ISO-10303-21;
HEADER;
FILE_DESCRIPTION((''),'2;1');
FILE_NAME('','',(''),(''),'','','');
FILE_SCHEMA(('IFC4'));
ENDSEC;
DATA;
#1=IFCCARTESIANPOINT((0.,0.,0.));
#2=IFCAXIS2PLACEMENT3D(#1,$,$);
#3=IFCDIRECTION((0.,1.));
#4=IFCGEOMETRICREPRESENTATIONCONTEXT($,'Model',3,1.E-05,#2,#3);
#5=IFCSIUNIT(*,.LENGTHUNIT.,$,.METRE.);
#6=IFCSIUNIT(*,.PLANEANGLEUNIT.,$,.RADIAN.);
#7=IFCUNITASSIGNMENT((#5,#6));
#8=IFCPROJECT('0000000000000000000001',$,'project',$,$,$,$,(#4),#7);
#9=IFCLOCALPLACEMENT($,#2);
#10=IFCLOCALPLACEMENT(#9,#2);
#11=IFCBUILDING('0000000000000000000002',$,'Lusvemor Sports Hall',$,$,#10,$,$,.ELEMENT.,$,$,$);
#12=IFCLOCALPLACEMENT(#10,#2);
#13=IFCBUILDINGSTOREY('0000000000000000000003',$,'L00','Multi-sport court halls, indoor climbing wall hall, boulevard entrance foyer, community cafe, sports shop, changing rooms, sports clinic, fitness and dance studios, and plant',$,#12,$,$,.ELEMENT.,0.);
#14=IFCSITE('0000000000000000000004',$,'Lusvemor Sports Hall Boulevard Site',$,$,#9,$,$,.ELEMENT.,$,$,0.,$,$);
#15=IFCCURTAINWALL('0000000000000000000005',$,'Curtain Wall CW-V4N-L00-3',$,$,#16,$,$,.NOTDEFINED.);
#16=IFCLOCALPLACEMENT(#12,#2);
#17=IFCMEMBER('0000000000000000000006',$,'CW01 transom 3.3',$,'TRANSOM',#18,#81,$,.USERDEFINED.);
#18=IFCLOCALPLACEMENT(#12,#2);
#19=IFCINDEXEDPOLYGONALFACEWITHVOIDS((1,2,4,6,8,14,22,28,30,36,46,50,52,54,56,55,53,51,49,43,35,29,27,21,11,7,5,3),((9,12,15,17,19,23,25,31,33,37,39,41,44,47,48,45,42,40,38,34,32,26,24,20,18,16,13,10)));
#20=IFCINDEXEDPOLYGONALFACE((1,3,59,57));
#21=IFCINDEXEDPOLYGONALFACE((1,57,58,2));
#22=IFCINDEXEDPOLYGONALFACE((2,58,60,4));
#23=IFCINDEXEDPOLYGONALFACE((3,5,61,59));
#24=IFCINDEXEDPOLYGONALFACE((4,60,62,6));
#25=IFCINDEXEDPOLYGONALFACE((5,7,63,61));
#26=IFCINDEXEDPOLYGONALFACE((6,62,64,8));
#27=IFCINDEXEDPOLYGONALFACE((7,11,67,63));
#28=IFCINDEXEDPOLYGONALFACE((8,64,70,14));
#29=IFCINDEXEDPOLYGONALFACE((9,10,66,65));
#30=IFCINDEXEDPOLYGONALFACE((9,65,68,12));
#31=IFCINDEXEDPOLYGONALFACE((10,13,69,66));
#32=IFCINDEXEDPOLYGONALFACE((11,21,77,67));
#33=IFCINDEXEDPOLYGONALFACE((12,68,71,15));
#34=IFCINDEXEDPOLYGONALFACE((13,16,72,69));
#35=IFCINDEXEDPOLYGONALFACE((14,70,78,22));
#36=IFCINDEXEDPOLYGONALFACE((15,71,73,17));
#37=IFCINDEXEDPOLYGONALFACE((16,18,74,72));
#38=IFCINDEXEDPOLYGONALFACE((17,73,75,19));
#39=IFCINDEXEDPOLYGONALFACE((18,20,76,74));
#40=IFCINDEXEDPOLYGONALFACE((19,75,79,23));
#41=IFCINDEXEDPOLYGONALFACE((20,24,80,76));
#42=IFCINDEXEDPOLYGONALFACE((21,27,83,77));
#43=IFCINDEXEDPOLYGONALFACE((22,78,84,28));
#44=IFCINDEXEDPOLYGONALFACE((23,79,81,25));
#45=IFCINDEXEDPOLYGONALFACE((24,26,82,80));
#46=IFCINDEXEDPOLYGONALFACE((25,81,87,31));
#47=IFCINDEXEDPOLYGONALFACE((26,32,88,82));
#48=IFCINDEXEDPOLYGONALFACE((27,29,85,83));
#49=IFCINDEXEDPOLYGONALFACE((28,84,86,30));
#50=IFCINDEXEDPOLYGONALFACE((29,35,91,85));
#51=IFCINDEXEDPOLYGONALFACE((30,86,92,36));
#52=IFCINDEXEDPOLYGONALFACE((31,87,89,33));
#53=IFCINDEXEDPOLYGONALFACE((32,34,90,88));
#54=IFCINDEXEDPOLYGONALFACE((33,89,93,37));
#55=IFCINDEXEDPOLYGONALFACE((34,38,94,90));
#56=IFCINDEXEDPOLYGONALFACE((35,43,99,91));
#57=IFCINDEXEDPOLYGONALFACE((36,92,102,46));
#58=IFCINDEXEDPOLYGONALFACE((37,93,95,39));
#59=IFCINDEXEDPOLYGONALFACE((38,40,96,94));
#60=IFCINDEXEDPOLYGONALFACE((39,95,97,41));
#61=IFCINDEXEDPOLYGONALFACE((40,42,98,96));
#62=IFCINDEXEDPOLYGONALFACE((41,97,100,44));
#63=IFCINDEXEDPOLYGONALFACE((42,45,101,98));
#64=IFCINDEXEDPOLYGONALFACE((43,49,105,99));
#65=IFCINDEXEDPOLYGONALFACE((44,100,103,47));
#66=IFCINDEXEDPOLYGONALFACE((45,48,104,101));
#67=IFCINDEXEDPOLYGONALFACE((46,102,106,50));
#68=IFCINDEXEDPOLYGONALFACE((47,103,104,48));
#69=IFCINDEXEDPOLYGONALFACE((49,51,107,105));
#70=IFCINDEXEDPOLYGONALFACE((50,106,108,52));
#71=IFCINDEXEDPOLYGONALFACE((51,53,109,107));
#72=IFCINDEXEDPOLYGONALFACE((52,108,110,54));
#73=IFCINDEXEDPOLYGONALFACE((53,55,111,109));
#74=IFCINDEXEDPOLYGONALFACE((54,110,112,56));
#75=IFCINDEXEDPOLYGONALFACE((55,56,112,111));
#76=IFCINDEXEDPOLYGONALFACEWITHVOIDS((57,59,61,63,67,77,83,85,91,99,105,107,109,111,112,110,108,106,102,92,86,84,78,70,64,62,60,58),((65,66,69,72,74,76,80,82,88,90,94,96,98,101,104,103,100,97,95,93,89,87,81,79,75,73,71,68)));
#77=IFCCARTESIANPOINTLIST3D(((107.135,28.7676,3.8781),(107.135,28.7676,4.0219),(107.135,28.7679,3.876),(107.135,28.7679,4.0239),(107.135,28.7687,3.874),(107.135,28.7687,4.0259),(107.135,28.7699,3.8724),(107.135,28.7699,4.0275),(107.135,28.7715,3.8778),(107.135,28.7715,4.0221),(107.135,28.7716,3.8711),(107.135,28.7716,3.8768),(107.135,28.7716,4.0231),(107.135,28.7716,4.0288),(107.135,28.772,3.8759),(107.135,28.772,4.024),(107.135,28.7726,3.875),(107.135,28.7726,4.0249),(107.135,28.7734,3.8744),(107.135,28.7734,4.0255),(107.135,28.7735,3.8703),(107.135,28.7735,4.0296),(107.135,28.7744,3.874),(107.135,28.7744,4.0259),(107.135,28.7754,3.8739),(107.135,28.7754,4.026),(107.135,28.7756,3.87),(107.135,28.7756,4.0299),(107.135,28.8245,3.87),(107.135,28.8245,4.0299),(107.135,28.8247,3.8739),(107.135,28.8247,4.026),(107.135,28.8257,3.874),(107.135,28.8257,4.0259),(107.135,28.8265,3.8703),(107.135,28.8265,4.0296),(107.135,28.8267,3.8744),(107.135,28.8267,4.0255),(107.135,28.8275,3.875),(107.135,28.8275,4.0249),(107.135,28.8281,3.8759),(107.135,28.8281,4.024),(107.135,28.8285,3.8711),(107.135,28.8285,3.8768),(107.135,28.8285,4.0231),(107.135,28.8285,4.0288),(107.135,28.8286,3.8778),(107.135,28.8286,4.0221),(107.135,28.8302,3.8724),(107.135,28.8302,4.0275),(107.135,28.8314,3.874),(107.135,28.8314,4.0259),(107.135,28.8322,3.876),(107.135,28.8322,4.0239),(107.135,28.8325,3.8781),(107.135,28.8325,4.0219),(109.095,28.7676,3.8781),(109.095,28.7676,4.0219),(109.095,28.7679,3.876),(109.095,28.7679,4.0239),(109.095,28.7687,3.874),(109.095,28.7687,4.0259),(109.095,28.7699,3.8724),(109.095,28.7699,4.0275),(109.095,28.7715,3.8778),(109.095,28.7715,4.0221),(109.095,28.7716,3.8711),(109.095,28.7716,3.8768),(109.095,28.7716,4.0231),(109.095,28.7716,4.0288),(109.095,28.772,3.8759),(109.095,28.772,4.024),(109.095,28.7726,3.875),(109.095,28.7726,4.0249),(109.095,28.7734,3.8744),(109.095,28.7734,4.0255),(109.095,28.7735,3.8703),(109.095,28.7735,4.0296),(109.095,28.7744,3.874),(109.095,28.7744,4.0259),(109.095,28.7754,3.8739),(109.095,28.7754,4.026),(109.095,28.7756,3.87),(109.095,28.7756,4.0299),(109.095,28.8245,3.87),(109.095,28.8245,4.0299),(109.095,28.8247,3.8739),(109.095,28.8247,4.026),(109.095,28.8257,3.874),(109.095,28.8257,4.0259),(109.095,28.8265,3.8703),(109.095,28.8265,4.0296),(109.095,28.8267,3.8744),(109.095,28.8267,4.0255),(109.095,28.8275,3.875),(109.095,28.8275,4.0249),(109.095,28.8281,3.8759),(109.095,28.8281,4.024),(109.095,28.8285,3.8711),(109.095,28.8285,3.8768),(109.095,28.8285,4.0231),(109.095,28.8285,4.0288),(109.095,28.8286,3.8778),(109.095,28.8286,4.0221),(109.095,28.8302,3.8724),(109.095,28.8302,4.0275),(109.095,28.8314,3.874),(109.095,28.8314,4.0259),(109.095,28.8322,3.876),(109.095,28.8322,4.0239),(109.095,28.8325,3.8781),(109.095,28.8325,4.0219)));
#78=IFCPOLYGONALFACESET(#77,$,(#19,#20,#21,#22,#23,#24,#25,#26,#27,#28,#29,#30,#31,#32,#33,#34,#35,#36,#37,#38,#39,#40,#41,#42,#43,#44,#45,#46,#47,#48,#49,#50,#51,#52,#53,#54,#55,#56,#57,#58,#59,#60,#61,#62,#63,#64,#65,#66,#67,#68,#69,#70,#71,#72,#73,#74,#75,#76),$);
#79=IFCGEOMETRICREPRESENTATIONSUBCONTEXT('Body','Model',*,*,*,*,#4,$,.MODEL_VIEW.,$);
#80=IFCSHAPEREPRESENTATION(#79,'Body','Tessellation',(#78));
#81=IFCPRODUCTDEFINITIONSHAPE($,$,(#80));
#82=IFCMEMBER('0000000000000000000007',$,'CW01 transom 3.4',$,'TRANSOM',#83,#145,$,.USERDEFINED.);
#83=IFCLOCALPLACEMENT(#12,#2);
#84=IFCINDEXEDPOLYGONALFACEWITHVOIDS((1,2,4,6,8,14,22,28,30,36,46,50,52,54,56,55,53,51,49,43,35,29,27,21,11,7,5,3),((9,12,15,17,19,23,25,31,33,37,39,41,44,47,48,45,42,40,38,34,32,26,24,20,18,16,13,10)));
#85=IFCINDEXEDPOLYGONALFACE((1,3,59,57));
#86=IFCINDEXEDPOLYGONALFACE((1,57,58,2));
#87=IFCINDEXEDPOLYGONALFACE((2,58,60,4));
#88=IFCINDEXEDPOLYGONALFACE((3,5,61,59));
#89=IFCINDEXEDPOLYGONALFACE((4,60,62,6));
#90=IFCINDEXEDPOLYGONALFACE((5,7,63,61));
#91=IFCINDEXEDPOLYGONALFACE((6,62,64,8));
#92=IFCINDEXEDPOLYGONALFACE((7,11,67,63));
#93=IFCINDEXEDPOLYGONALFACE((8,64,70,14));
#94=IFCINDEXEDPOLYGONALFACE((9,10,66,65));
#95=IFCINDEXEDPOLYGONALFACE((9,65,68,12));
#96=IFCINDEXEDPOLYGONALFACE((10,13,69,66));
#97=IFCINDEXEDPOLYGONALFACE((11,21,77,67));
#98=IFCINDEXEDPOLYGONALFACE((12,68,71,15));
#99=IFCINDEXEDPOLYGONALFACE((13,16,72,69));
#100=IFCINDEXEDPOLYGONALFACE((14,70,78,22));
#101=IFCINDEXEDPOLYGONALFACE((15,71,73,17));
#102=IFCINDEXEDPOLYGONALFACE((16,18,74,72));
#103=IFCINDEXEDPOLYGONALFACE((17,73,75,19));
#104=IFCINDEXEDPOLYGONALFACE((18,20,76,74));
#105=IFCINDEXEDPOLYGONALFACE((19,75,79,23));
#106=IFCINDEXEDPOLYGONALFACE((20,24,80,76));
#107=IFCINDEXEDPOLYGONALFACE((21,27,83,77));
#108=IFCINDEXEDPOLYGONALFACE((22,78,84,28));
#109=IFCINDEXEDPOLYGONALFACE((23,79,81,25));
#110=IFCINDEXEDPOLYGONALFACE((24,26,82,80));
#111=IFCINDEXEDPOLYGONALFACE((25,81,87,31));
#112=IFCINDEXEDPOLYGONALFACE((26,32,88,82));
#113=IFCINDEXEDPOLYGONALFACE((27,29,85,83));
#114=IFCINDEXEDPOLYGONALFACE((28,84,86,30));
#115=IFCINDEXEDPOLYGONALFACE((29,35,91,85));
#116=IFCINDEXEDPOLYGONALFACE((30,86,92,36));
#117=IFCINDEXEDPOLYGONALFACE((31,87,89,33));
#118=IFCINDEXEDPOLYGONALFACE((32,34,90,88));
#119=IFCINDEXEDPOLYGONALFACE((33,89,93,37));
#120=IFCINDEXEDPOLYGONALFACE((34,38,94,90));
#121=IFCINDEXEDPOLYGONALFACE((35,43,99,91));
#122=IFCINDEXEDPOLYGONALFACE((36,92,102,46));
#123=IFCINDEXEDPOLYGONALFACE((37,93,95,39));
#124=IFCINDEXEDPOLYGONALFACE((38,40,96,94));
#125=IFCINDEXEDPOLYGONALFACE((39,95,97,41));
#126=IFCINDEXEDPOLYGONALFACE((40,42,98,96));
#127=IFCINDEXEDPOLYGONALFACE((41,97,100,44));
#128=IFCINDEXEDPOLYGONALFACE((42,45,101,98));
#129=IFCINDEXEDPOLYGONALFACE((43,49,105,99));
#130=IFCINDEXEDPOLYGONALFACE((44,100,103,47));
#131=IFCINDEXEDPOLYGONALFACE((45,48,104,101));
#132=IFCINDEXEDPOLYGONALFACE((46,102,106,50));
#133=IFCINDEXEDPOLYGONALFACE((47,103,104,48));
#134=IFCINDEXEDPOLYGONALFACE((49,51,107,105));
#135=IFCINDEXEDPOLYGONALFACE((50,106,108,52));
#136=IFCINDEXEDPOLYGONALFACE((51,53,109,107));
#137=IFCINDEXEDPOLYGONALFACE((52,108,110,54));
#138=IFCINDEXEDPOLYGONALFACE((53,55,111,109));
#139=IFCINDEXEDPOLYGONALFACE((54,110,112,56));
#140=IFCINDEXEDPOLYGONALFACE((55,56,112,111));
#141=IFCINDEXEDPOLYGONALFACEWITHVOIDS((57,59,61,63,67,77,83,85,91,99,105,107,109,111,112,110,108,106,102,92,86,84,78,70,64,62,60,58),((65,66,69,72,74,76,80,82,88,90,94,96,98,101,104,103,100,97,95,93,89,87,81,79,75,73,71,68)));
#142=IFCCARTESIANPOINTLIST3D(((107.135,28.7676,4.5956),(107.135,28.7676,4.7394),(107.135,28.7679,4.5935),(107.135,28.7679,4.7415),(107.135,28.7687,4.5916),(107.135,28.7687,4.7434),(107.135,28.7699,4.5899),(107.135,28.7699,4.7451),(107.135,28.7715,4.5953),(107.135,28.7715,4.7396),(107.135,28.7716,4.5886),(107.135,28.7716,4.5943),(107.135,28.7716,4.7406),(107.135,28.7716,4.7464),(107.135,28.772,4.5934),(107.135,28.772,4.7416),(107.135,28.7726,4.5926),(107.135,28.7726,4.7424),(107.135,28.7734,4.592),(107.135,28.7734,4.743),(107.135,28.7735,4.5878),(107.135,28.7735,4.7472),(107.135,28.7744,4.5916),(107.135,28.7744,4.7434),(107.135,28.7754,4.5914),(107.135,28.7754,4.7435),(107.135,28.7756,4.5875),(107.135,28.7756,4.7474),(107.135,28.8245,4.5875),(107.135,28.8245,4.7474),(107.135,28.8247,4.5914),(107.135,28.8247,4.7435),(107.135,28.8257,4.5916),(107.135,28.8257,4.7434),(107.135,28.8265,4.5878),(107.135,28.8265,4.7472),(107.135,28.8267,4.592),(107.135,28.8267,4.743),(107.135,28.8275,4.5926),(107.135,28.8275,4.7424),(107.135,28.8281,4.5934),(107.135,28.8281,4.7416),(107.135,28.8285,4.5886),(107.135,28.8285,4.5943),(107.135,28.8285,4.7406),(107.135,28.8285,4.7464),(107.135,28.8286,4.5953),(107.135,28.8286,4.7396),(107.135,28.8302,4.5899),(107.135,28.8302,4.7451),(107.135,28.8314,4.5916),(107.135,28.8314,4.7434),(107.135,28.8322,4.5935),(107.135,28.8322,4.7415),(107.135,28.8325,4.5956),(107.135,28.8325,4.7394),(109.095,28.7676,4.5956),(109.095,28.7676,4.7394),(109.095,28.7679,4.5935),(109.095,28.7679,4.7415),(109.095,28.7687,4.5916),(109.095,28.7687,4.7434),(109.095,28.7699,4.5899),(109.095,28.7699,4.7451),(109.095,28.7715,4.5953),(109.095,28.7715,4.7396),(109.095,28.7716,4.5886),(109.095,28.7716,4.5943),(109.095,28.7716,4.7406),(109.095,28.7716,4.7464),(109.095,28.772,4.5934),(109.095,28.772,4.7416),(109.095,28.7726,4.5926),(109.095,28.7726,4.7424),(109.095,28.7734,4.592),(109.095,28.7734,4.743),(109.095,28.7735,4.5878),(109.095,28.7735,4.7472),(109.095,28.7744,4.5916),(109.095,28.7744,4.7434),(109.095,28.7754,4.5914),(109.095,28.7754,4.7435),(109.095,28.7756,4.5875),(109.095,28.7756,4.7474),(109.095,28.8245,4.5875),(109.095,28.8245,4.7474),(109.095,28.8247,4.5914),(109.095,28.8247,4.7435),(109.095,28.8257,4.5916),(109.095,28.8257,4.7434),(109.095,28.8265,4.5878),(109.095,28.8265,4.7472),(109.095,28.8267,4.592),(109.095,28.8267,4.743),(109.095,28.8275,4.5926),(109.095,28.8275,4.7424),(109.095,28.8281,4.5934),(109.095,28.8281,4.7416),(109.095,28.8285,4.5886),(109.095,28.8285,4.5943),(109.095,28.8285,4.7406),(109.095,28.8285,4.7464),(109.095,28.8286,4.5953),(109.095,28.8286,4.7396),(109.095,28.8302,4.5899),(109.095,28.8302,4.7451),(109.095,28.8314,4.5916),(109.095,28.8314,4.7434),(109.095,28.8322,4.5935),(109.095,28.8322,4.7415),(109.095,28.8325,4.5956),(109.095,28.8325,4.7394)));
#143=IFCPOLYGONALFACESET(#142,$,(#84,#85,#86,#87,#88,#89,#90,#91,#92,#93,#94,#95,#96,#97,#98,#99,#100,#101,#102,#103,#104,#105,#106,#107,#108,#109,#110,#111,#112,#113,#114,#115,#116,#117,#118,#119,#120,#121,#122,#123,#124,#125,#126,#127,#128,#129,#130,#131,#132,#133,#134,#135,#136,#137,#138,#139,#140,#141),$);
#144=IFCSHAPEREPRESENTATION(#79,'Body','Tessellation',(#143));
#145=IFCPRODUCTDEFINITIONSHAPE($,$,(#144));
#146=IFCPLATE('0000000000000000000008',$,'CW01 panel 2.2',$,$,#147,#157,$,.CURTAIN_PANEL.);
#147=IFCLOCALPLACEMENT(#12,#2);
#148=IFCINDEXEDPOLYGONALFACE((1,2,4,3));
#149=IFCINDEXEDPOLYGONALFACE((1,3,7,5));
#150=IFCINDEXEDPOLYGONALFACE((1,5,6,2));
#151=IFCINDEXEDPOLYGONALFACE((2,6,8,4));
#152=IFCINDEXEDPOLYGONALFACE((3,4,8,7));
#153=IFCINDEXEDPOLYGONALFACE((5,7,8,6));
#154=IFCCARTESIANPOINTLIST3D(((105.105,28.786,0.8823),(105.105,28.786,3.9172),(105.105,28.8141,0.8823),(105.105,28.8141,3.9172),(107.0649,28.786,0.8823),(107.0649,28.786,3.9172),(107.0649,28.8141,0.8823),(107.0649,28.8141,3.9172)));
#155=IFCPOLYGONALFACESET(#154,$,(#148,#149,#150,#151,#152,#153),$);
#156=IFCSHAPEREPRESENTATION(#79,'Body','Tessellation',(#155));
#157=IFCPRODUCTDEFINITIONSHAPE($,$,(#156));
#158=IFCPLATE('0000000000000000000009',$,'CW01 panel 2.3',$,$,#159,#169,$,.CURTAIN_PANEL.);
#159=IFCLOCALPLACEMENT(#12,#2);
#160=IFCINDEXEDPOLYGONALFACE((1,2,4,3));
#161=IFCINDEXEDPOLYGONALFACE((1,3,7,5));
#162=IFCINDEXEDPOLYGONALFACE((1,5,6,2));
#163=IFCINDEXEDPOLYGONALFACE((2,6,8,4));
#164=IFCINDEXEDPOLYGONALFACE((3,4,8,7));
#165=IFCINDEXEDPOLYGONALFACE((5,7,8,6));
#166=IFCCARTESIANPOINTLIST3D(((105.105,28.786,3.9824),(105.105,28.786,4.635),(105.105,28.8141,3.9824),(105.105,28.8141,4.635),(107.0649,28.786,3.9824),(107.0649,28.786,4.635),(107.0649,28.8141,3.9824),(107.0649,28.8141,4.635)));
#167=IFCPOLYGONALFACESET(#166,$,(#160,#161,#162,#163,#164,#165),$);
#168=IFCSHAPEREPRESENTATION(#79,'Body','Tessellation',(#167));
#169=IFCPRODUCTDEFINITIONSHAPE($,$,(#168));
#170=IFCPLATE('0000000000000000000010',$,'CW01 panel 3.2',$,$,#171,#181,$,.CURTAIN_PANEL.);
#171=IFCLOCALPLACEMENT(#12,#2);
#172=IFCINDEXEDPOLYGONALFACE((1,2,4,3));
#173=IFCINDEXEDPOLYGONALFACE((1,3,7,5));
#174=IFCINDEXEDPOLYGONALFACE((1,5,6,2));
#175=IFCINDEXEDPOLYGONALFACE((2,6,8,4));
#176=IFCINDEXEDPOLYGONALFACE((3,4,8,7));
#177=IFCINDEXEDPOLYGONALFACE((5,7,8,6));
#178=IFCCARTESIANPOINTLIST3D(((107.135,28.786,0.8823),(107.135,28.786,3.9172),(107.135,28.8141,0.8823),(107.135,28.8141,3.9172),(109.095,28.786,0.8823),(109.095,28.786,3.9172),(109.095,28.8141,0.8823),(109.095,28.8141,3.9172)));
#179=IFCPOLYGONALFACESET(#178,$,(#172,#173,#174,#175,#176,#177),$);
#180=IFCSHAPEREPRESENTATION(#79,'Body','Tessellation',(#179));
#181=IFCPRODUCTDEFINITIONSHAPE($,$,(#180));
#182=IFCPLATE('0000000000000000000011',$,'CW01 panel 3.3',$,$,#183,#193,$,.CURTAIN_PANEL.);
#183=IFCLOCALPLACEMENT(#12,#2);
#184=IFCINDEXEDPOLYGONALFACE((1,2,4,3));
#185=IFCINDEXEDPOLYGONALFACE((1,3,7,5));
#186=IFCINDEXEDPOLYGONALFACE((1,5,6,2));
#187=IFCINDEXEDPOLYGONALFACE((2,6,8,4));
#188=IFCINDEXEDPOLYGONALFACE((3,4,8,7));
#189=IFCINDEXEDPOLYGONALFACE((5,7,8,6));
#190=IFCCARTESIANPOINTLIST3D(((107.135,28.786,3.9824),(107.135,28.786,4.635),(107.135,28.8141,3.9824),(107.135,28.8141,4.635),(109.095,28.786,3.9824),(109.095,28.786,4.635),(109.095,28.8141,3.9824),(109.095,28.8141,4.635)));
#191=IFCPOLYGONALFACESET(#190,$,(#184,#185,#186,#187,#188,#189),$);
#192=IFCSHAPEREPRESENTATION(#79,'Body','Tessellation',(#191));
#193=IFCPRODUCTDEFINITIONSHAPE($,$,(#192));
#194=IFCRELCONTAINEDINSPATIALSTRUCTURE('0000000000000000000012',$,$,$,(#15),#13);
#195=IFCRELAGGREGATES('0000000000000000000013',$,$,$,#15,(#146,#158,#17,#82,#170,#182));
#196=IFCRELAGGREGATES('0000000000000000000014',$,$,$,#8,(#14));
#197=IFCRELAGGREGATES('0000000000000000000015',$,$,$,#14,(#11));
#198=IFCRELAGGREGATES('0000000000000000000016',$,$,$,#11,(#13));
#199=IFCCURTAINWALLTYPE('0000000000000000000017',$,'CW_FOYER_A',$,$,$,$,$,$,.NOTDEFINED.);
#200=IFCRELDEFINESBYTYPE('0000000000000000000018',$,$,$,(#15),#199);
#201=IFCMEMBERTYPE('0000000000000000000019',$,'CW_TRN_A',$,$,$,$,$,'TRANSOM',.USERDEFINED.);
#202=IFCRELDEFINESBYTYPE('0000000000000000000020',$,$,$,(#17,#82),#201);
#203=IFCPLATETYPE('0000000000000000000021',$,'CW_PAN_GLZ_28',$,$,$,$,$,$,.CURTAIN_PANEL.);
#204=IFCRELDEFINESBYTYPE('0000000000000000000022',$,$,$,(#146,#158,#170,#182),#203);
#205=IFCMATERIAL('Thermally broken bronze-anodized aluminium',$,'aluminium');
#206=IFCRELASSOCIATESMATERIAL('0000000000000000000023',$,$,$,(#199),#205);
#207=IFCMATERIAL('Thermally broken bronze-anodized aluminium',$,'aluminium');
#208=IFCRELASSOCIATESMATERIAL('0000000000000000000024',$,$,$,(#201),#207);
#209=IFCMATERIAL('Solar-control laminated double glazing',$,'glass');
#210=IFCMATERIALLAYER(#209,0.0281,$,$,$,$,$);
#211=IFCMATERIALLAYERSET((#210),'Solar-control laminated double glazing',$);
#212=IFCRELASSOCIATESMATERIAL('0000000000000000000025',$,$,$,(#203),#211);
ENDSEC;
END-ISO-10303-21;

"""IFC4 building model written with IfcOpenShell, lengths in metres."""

from ifc_helpers import new_model, si_unit, direction, frame, origin, origin_2d, place, context, subcontext, project, spatial, rectangle, hollow_rectangle, extrude, material, layer, layer_set, material_profile, profile_set, type_object, element, aggregate, save


model = new_model("IFC4")

# Units and contexts
model_context = context("Model", 3, precision=1e-05, world=origin(), true_north=direction((0.0, 1.0)))
body_context = subcontext(model_context, "Body", "Model", "MODEL_VIEW")
ifc_project = project(units=[si_unit("LENGTHUNIT", "METRE"), si_unit("PLANEANGLEUNIT", "RADIAN")], contexts=[model_context])

# Site, building, storey
site_placement = place(None, origin())
site = spatial("IfcSite", under=ifc_project, at=site_placement, Name="Lusvemor Sports Hall Boulevard Site", CompositionType="ELEMENT", RefElevation=0.0)
building_placement = place(site_placement, origin())
building = spatial("IfcBuilding", under=site, at=building_placement, Name="Lusvemor Sports Hall", CompositionType="ELEMENT")
storey_placement = place(building_placement, origin())
storey = spatial("IfcBuildingStorey", under=building, at=storey_placement, Name="L00", Description="Multi-sport court halls, indoor climbing wall hall, boulevard entrance foyer, community cafe, sports shop, changing rooms, sports clinic, fitness and dance studios, and plant", CompositionType="ELEMENT", Elevation=0.0)

# Curtain wall, members, plates
ifc_material_1 = material(Name="Thermally broken bronze-anodized aluminium", Category="aluminium")
curtain_wall_type = type_object("IfcCurtainWallType", Name="CW_FOYER_A", PredefinedType="NOTDEFINED", material=ifc_material_1)
curtain_wall_placement = place(storey_placement, origin())
curtain_wall = element("IfcCurtainWall", 1, at=curtain_wall_placement, inside=storey, type_object=curtain_wall_type, Name="Curtain Wall CW-V4N-L00-3", PredefinedType="NOTDEFINED")
ifc_material_2 = material(Name="Thermally broken bronze-anodized aluminium", Category="aluminium")
ifc_material_profile_1 = material_profile(ifc_material_2, hollow_rectangle(XDim=0.0649, YDim=0.1599, WallThickness=0.0039, InnerFilletRadius=0.0039, OuterFilletRadius=0.0081, at=origin_2d()), Name="CWTRN160x65x4")
ifc_profile_set_1 = profile_set([ifc_material_profile_1], Name="Thermally broken bronze-anodized aluminium")
member_type_1 = type_object("IfcMemberType", Name="CW_TRN_A", ElementType="TRANSOM", PredefinedType="USERDEFINED", material=ifc_profile_set_1)
member_1_placement = place(storey_placement, frame((107.135, 28.8, 3.95), z_axis=(1.0, 0.0, 0.0), x_axis=(0.0, 1.0, 0.0)))
member_1 = element("IfcMember", 2, at=member_1_placement, type_object=member_type_1, Name="CW01 transom 3.3", ObjectType="TRANSOM", PredefinedType="USERDEFINED", context=body_context, shape_type="SweptSolid", body=[
    extrude(hollow_rectangle(XDim=0.0649, YDim=0.1599, WallThickness=0.0039, InnerFilletRadius=0.0039, OuterFilletRadius=0.0081, at=origin_2d()), origin(), (0.0, 0.0, 1.0), 1.96),
])
member_2_placement = place(storey_placement, frame((107.135, 28.8, 4.6675), z_axis=(1.0, 0.0, 0.0), x_axis=(0.0, 1.0, 0.0)))
member_2 = element("IfcMember", 3, at=member_2_placement, type_object=member_type_1, Name="CW01 transom 3.4", ObjectType="TRANSOM", PredefinedType="USERDEFINED", context=body_context, shape_type="SweptSolid", body=[
    extrude(hollow_rectangle(XDim=0.0649, YDim=0.1599, WallThickness=0.0039, InnerFilletRadius=0.0039, OuterFilletRadius=0.0081, at=origin_2d()), origin(), (0.0, 0.0, 1.0), 1.96),
])
ifc_material_3 = material(Name="Solar-control laminated double glazing", Category="glass")
ifc_layer_1 = layer(ifc_material_3, 0.0281)
ifc_layer_set_1 = layer_set([ifc_layer_1], Name="Solar-control laminated double glazing")
plate_type_1 = type_object("IfcPlateType", Name="CW_PAN_GLZ_28", PredefinedType="CURTAIN_PANEL", material=ifc_layer_set_1)
plate_1_placement = place(storey_placement, frame((106.085, 28.8, 0.8823), z_axis=(0.0, 0.0, 1.0), x_axis=(1.0, 0.0, 0.0)))
plate_1 = element("IfcPlate", 4, at=plate_1_placement, type_object=plate_type_1, Name="CW01 panel 2.2", PredefinedType="CURTAIN_PANEL", context=body_context, shape_type="SweptSolid", body=[
    extrude(rectangle(XDim=1.96, YDim=0.0281, at=origin_2d()), origin(), (0.0, 0.0, 1.0), 3.0349),
])
plate_2_placement = place(storey_placement, frame((106.085, 28.8, 3.9824), z_axis=(0.0, 0.0, 1.0), x_axis=(1.0, 0.0, 0.0)))
plate_2 = element("IfcPlate", 5, at=plate_2_placement, type_object=plate_type_1, Name="CW01 panel 2.3", PredefinedType="CURTAIN_PANEL", context=body_context, shape_type="SweptSolid", body=[
    extrude(rectangle(XDim=1.96, YDim=0.0281, at=origin_2d()), origin(), (0.0, 0.0, 1.0), 0.6526),
])
plate_3_placement = place(storey_placement, frame((108.115, 28.8, 0.8823), z_axis=(0.0, 0.0, 1.0), x_axis=(1.0, 0.0, 0.0)))
plate_3 = element("IfcPlate", 6, at=plate_3_placement, type_object=plate_type_1, Name="CW01 panel 3.2", PredefinedType="CURTAIN_PANEL", context=body_context, shape_type="SweptSolid", body=[
    extrude(rectangle(XDim=1.96, YDim=0.0281, at=origin_2d()), origin(), (0.0, 0.0, 1.0), 3.0349),
])
plate_4_placement = place(storey_placement, frame((108.115, 28.8, 3.9824), z_axis=(0.0, 0.0, 1.0), x_axis=(1.0, 0.0, 0.0)))
plate_4 = element("IfcPlate", 7, at=plate_4_placement, type_object=plate_type_1, Name="CW01 panel 3.3", PredefinedType="CURTAIN_PANEL", context=body_context, shape_type="SweptSolid", body=[
    extrude(rectangle(XDim=1.96, YDim=0.0281, at=origin_2d()), origin(), (0.0, 0.0, 1.0), 0.6526),
])
aggregate(curtain_wall, [plate_1, plate_2, member_1, member_2, plate_3, plate_4])

save(model, "model.ifc")
